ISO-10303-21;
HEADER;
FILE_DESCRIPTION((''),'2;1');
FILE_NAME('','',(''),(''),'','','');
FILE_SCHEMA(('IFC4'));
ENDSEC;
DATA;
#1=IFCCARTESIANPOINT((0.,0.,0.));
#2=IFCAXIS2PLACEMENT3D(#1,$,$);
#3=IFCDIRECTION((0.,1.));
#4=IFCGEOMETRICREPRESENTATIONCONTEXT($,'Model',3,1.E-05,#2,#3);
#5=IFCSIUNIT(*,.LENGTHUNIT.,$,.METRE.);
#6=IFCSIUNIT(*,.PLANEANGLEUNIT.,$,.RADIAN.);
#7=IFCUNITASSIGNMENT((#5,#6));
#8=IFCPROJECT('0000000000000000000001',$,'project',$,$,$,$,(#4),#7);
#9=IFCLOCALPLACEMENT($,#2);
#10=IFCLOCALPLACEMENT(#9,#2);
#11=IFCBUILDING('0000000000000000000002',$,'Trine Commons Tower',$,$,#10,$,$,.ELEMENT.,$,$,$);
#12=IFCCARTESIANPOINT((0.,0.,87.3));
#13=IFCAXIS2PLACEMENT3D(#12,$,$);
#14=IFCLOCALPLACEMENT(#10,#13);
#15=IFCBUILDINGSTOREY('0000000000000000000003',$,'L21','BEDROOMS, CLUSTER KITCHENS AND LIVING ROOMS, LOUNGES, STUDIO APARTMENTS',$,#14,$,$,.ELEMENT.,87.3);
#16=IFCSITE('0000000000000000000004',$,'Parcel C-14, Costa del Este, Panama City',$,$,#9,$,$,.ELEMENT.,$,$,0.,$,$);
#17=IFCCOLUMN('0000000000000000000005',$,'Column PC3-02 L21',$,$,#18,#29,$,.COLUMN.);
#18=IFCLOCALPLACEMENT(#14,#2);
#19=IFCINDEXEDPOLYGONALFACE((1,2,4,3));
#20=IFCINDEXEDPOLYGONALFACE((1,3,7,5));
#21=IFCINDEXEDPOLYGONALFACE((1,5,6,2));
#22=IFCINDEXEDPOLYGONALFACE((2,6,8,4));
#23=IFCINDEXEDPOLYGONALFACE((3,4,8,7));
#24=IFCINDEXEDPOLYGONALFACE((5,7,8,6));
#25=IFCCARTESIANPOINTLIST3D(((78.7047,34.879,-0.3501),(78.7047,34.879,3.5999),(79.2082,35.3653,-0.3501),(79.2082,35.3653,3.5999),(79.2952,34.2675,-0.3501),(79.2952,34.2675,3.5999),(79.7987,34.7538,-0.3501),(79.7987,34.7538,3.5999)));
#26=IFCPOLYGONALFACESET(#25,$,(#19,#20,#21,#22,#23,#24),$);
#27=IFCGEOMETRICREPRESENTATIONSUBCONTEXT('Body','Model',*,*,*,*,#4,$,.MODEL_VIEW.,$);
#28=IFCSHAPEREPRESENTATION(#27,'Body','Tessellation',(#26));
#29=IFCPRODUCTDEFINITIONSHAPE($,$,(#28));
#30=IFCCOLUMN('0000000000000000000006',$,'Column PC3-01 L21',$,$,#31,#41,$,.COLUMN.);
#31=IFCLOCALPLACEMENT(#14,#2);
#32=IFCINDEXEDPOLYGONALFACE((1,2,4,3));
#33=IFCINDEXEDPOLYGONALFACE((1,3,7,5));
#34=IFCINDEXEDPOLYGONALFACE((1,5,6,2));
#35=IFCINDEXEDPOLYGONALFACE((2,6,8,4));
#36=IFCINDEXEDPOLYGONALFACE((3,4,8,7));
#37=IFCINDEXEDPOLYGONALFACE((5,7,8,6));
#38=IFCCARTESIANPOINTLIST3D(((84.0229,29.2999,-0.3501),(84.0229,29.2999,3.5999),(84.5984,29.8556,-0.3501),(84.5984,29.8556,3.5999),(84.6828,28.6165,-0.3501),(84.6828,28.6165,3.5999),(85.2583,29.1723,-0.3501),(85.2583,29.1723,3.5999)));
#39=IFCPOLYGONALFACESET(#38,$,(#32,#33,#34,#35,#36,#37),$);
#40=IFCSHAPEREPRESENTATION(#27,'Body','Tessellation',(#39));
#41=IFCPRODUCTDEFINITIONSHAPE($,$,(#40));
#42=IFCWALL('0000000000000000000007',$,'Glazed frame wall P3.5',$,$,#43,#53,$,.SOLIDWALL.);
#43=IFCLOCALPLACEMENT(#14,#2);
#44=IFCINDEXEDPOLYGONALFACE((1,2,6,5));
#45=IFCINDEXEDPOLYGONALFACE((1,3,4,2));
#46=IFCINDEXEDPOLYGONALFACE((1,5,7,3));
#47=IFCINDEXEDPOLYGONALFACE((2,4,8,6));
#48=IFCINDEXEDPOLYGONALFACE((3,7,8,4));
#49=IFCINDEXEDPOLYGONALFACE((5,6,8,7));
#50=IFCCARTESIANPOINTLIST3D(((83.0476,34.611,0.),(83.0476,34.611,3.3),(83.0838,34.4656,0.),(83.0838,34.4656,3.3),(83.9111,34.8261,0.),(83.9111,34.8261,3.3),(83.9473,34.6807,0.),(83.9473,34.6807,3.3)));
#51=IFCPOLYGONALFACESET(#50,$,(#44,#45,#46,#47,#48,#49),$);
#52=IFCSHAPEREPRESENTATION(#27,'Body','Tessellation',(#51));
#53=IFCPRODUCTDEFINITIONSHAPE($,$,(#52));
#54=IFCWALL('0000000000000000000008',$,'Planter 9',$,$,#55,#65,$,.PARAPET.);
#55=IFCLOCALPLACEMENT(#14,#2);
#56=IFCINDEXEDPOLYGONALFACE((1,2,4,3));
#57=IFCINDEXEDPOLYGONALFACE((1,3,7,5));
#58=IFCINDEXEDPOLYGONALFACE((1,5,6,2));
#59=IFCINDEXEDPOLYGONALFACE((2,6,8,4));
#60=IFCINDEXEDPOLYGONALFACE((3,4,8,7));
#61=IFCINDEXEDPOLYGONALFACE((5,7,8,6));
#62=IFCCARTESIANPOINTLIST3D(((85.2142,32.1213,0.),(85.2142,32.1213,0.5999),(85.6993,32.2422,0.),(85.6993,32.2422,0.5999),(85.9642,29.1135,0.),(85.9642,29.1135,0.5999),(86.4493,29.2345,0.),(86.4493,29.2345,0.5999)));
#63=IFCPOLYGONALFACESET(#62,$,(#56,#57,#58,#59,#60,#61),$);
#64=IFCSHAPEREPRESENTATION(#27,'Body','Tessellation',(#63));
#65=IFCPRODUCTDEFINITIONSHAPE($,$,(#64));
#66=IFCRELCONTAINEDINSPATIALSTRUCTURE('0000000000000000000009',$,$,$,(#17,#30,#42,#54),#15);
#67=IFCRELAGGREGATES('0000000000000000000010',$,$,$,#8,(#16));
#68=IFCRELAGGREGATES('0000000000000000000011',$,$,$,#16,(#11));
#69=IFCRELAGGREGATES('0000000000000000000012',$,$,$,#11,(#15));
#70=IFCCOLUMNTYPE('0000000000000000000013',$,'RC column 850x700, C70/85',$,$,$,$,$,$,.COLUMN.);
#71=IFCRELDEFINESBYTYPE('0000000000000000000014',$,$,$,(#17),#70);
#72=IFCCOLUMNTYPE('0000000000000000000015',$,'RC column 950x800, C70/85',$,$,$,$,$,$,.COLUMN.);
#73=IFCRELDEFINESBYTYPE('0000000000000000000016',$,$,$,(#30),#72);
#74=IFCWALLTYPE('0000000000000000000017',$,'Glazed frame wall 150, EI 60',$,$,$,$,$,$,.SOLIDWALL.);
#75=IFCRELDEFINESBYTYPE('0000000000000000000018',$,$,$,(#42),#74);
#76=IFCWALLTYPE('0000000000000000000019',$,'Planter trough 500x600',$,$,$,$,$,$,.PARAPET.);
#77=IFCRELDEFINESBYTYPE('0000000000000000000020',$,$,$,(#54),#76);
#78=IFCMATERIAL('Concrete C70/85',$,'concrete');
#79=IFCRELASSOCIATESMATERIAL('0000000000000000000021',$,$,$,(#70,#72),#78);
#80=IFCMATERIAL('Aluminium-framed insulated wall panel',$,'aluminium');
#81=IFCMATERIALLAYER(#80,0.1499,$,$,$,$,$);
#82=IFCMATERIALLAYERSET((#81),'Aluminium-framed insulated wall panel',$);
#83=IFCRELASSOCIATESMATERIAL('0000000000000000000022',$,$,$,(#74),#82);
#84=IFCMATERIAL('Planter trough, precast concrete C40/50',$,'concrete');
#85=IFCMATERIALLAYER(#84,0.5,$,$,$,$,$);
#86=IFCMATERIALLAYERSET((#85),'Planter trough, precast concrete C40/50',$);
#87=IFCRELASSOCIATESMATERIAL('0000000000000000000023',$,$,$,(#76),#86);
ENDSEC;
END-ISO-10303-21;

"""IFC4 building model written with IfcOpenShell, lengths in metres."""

from ifc_helpers import new_model, si_unit, direction, frame, frame_2d, origin, origin_2d, place, context, subcontext, project, spatial, polyline, rectangle, outline, extrude, material, layer, layer_set, material_profile, profile_set, type_object, element, save


model = new_model("IFC4")

# Units and contexts
model_context = context("Model", 3, precision=1e-05, world=origin(), true_north=direction((0.0, 1.0)))
body_context = subcontext(model_context, "Body", "Model", "MODEL_VIEW")
ifc_project = project(units=[si_unit("LENGTHUNIT", "METRE"), si_unit("PLANEANGLEUNIT", "RADIAN")], contexts=[model_context])

# Site, building, storey
site_placement = place(None, origin())
site = spatial("IfcSite", under=ifc_project, at=site_placement, Name="Parcel C-14, Costa del Este, Panama City", CompositionType="ELEMENT", RefElevation=0.0)
building_placement = place(site_placement, origin())
building = spatial("IfcBuilding", under=site, at=building_placement, Name="Trine Commons Tower", CompositionType="ELEMENT")
storey_placement = place(building_placement, frame((0.0, 0.0, 87.3)))
storey = spatial("IfcBuildingStorey", under=building, at=storey_placement, Name="L21", Description="BEDROOMS, CLUSTER KITCHENS AND LIVING ROOMS, LOUNGES, STUDIO APARTMENTS", CompositionType="ELEMENT", Elevation=87.3)

# Columns
ifc_material_1 = material(Name="Concrete C70/85", Category="concrete")
ifc_material_profile_1 = material_profile(ifc_material_1, rectangle(XDim=0.8501, YDim=0.7, at=origin_2d()), Name="RC 850x700")
ifc_profile_set_1 = profile_set([ifc_material_profile_1], Name="Concrete C70/85")
column_type_1 = type_object("IfcColumnType", Name="RC column 850x700, C70/85", PredefinedType="COLUMN", material=ifc_profile_set_1)
column_1_placement = place(storey_placement, frame((79.2517, 34.8164, -0.3501), z_axis=(0.0, 0.0, 1.0), x_axis=(-0.694658, 0.71934, 0.0)))
element("IfcColumn", 1, at=column_1_placement, inside=storey, type_object=column_type_1, Name="Column PC3-02 L21", PredefinedType="COLUMN", context=body_context, shape_type="SweptSolid", body=[
    extrude(rectangle(XDim=0.8501, YDim=0.7, at=origin_2d()), origin(), (0.0, 0.0, 1.0), 3.95),
])
ifc_material_profile_2 = material_profile(ifc_material_1, rectangle(XDim=0.95, YDim=0.8, at=origin_2d()), Name="RC 950x800")
ifc_profile_set_2 = profile_set([ifc_material_profile_2], Name="Concrete C70/85")
column_type_2 = type_object("IfcColumnType", Name="RC column 950x800, C70/85", PredefinedType="COLUMN", material=ifc_profile_set_2)
column_2_placement = place(storey_placement, frame((84.6406, 29.2361, -0.3501), z_axis=(0.0, 0.0, 1.0), x_axis=(-0.694658, 0.71934, 0.0)))
element("IfcColumn", 2, at=column_2_placement, inside=storey, type_object=column_type_2, Name="Column PC3-01 L21", PredefinedType="COLUMN", context=body_context, shape_type="SweptSolid", body=[
    extrude(rectangle(XDim=0.95, YDim=0.8, at=origin_2d()), origin(), (0.0, 0.0, 1.0), 3.95),
])

# Wall
ifc_material_2 = material(Name="Aluminium-framed insulated wall panel", Category="aluminium")
ifc_layer_1 = layer(ifc_material_2, 0.1499)
ifc_layer_set_1 = layer_set([ifc_layer_1], Name="Aluminium-framed insulated wall panel")
wall_type_1 = type_object("IfcWallType", Name="Glazed frame wall 150, EI 60", PredefinedType="SOLIDWALL", material=ifc_layer_set_1)
wall_1_placement = place(storey_placement, frame((83.9292, 34.7534, 0.0), z_axis=(0.0, 0.0, 1.0), x_axis=(-0.970343, -0.241731, 0.0)))
element("IfcWall", 3, at=wall_1_placement, inside=storey, type_object=wall_type_1, Name="Glazed frame wall P3.5", PredefinedType="SOLIDWALL", context=body_context, shape_type="SweptSolid", body=[
    extrude(outline(polyline([(0.8899, 0.075), (0.0, 0.075), (0.0, -0.075), (0.8899, -0.075), (0.8899, 0.075)])), origin(), (0.0, 0.0, 1.0), 3.3),
])

# Wall
ifc_material_3 = material(Name="Planter trough, precast concrete C40/50", Category="concrete")
ifc_layer_2 = layer(ifc_material_3, 0.5)
ifc_layer_set_2 = layer_set([ifc_layer_2], Name="Planter trough, precast concrete C40/50")
wall_type_2 = type_object("IfcWallType", Name="Planter trough 500x600", PredefinedType="PARAPET", material=ifc_layer_set_2)
wall_2_placement = place(storey_placement, frame((85.4568, 32.1816, 0.0), z_axis=(0.0, 0.0, 1.0), x_axis=(0.241943, -0.970291, 0.0)))
element("IfcWall", 4, at=wall_2_placement, inside=storey, type_object=wall_type_2, Name="Planter 9", PredefinedType="PARAPET", context=body_context, shape_type="SweptSolid", body=[
    extrude(rectangle(XDim=3.0999, YDim=0.5, at=frame_2d((1.5498, 0.0))), origin(), (0.0, 0.0, 1.0), 0.5999),
])

save(model, "model.ifc")
